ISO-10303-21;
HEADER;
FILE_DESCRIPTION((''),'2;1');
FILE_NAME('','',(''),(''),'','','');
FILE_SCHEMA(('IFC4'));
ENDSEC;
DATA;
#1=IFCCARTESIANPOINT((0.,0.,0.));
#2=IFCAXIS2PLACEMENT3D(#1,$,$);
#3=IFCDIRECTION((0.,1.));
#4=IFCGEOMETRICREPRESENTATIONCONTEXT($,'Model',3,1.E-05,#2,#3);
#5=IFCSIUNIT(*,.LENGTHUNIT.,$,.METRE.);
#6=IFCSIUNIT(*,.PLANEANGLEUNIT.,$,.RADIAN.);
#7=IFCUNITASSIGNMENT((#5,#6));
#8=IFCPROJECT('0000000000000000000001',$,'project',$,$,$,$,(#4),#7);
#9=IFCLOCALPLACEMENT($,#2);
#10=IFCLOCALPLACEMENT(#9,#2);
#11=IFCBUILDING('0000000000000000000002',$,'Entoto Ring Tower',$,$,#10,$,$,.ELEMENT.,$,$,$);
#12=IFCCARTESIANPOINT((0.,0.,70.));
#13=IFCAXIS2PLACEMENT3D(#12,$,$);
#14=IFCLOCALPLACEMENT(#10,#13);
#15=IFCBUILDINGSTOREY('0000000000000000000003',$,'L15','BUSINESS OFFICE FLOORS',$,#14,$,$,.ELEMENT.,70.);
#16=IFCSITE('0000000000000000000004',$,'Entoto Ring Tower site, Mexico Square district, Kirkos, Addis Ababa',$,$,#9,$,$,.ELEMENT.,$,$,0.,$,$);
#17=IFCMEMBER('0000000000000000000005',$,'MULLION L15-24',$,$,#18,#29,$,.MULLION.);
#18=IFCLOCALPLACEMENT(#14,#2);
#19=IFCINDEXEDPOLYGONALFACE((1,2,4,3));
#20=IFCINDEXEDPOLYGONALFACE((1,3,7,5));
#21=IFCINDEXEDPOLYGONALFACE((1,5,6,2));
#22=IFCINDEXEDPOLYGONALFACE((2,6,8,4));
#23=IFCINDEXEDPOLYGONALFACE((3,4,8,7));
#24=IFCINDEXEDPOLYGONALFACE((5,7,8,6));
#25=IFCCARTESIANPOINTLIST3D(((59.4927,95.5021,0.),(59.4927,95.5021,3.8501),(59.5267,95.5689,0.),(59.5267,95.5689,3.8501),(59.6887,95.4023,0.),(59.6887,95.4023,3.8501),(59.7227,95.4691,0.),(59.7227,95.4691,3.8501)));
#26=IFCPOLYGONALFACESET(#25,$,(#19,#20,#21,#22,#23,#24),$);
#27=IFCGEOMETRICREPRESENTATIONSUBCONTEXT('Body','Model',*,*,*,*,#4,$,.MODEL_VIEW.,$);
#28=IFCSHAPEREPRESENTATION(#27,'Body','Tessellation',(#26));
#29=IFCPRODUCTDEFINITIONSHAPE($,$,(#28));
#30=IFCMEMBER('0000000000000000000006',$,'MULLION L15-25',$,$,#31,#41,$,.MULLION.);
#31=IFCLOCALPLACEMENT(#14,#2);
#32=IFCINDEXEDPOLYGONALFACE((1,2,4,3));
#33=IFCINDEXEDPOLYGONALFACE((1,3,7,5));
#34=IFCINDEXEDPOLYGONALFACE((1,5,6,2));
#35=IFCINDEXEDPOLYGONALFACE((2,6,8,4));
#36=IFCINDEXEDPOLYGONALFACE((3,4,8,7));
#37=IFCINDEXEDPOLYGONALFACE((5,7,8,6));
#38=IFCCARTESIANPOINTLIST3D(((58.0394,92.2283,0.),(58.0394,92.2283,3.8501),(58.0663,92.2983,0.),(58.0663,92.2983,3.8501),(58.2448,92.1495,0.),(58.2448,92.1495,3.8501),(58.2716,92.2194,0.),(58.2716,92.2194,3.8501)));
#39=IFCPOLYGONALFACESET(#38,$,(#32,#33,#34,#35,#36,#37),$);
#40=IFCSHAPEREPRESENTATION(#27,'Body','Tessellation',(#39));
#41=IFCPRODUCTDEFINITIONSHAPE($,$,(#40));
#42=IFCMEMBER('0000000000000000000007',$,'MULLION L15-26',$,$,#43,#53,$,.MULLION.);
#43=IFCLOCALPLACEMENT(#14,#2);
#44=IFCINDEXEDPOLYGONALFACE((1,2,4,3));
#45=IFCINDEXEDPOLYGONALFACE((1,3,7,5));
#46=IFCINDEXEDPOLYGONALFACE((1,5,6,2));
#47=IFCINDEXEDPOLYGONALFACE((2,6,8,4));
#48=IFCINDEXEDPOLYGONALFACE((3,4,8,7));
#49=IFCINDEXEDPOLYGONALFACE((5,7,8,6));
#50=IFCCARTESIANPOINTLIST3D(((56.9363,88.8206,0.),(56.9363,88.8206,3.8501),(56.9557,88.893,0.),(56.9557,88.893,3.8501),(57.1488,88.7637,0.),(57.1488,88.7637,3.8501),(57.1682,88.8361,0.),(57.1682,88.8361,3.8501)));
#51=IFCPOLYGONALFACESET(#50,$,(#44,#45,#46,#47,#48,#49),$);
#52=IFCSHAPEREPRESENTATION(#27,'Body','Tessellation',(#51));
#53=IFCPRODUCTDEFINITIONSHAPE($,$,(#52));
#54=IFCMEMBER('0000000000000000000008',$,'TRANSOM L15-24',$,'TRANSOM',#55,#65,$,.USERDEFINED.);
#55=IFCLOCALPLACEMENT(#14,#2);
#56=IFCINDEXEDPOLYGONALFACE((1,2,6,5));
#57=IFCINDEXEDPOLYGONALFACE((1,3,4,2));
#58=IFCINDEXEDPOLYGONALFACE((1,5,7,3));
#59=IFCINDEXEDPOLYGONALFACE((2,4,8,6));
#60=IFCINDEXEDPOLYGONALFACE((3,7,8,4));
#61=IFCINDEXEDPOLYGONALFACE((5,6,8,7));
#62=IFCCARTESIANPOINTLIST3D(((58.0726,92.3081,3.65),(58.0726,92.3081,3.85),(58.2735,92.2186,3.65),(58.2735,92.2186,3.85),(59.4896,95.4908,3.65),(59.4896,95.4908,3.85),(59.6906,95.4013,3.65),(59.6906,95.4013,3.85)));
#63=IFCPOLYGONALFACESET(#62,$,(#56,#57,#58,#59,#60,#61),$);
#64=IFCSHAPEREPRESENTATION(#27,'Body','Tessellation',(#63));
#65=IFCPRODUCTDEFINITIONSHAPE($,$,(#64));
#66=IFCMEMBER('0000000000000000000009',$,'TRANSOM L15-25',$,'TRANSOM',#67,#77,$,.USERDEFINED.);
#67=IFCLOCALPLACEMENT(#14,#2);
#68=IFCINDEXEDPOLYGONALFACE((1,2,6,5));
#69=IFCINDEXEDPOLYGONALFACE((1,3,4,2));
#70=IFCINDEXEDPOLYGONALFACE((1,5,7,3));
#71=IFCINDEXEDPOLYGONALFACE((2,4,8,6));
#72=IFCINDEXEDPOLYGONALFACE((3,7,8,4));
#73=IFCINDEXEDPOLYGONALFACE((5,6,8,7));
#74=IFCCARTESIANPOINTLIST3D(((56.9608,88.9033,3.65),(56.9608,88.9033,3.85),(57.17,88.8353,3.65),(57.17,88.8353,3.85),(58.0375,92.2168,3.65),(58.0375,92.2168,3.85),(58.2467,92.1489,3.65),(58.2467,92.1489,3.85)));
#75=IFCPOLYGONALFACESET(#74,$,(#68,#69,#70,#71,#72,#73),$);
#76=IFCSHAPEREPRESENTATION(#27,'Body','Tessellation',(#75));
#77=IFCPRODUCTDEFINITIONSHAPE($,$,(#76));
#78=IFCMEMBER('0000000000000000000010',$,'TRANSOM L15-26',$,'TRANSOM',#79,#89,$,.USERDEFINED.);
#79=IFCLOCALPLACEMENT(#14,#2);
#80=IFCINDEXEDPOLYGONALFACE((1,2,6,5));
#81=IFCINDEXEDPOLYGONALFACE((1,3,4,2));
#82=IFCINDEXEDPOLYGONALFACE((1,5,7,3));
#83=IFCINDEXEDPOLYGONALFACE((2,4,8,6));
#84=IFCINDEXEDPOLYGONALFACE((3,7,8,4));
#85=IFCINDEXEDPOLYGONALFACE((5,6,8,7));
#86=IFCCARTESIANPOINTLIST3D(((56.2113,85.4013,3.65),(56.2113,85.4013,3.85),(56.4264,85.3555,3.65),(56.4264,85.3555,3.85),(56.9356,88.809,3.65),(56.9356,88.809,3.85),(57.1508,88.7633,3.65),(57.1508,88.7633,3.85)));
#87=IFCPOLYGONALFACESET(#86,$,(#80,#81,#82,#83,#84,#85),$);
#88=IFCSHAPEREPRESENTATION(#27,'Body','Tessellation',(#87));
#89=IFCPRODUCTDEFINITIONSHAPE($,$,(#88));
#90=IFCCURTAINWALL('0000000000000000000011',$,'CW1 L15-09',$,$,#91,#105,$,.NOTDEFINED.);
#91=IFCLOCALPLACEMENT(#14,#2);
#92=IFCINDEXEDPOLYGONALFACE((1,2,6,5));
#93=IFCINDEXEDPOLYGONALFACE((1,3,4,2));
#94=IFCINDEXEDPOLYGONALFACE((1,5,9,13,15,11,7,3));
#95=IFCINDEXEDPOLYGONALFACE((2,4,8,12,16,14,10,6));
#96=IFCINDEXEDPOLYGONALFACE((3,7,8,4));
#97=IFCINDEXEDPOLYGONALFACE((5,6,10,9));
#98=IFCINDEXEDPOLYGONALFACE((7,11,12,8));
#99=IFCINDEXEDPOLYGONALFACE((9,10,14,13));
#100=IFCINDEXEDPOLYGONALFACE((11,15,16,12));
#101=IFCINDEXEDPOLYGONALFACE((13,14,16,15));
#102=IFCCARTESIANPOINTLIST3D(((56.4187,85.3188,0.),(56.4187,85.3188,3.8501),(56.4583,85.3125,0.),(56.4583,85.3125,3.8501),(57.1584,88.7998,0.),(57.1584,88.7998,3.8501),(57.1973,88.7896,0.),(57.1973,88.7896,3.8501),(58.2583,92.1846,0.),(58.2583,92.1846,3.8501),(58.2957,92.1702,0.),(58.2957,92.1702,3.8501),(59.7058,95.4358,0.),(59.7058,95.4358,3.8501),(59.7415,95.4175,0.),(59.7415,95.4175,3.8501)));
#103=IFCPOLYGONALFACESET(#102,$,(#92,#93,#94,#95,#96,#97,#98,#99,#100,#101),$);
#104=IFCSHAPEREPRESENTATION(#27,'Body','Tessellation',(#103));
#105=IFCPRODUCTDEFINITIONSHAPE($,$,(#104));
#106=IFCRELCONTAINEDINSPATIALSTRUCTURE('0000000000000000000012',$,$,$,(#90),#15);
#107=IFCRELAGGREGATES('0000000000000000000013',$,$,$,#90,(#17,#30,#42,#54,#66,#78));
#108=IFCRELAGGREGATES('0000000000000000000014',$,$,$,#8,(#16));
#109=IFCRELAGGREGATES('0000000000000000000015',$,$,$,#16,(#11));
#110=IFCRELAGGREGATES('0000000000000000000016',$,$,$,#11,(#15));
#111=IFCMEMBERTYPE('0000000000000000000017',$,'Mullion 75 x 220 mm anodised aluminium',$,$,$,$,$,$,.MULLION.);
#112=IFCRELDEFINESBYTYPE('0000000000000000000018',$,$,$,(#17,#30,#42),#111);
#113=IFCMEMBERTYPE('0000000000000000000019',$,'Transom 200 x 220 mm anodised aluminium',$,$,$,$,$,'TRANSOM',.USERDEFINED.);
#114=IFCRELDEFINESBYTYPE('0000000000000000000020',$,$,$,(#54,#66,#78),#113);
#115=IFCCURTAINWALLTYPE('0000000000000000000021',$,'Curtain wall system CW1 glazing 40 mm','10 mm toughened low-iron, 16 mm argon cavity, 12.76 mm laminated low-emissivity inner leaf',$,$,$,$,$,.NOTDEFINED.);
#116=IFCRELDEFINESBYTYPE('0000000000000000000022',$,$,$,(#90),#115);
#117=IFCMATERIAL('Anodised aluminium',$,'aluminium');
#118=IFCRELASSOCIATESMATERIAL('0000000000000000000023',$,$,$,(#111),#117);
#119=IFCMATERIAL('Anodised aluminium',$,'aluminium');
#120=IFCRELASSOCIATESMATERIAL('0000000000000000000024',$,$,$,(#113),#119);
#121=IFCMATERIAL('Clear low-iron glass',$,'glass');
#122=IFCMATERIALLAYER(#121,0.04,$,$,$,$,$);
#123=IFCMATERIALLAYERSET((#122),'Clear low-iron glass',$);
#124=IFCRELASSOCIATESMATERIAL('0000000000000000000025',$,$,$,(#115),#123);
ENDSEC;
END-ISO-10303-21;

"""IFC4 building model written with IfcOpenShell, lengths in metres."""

from ifc_helpers import new_model, si_unit, direction, frame, origin, origin_2d, place, context, subcontext, project, spatial, polyline, rectangle, outline, extrude, material, layer, layer_set, material_profile, profile_set, type_object, element, aggregate, save


model = new_model("IFC4")

# Units and contexts
model_context = context("Model", 3, precision=1e-05, world=origin(), true_north=direction((0.0, 1.0)))
body_context = subcontext(model_context, "Body", "Model", "MODEL_VIEW")
ifc_project = project(units=[si_unit("LENGTHUNIT", "METRE"), si_unit("PLANEANGLEUNIT", "RADIAN")], contexts=[model_context])

# Members
ifc_material_1 = material(Name="Anodised aluminium", Category="aluminium")
ifc_material_profile_1 = material_profile(ifc_material_1, rectangle(XDim=0.075, YDim=0.22, at=origin_2d()), Name="Mullion 75 x 220 mm anodised aluminium")
ifc_profile_set_1 = profile_set([ifc_material_profile_1], Name="Anodised aluminium")
member_type_1 = type_object("IfcMemberType", Name="Mullion 75 x 220 mm anodised aluminium", PredefinedType="MULLION", material=ifc_profile_set_1)
site_placement = place(None, origin())
building_placement = place(site_placement, origin())
storey_placement = place(building_placement, frame((0.0, 0.0, 70.0)))
member_1_placement = place(storey_placement, frame((59.6077, 95.4856, 0.0), z_axis=(0.0, 0.0, 1.0), x_axis=(-0.45399, -0.891007, 0.0)))
member_1 = element("IfcMember", 1, at=member_1_placement, type_object=member_type_1, Name="MULLION L15-24", PredefinedType="MULLION", context=body_context, shape_type="SweptSolid", body=[
    extrude(rectangle(XDim=0.075, YDim=0.22, at=origin_2d()), origin(), (0.0, 0.0, 1.0), 3.8501),
])
member_2_placement = place(storey_placement, frame((58.1555, 92.2239, 0.0), z_axis=(0.0, 0.0, 1.0), x_axis=(-0.358368, -0.93358, 0.0)))
member_2 = element("IfcMember", 2, at=member_2_placement, type_object=member_type_1, Name="MULLION L15-25", PredefinedType="MULLION", context=body_context, shape_type="SweptSolid", body=[
    extrude(rectangle(XDim=0.075, YDim=0.22, at=origin_2d()), origin(), (0.0, 0.0, 1.0), 3.8501),
])
member_3_placement = place(storey_placement, frame((57.0522, 88.8284, 0.0), z_axis=(0.0, 0.0, 1.0), x_axis=(-0.258819, -0.965926, 0.0)))
member_3 = element("IfcMember", 3, at=member_3_placement, type_object=member_type_1, Name="MULLION L15-26", PredefinedType="MULLION", context=body_context, shape_type="SweptSolid", body=[
    extrude(rectangle(XDim=0.075, YDim=0.22, at=origin_2d()), origin(), (0.0, 0.0, 1.0), 3.8501),
])
ifc_material_2 = material(Name="Anodised aluminium", Category="aluminium")
ifc_material_profile_2 = material_profile(ifc_material_2, rectangle(XDim=0.22, YDim=0.2, at=origin_2d()), Name="Transom 200 x 220 mm anodised aluminium")
ifc_profile_set_2 = profile_set([ifc_material_profile_2], Name="Anodised aluminium")
member_type_2 = type_object("IfcMemberType", Name="Transom 200 x 220 mm anodised aluminium", ElementType="TRANSOM", PredefinedType="USERDEFINED", material=ifc_profile_set_2)
member_4_placement = place(storey_placement, frame((59.5901, 95.446, 3.75), z_axis=(-0.406737, -0.913545, 0.0), x_axis=(0.913545, -0.406737, 0.0)))
member_4 = element("IfcMember", 4, at=member_4_placement, type_object=member_type_2, Name="TRANSOM L15-24", ObjectType="TRANSOM", PredefinedType="USERDEFINED", context=body_context, shape_type="SweptSolid", body=[
    extrude(rectangle(XDim=0.22, YDim=0.2, at=origin_2d()), origin(), (0.0, 0.0, 1.0), 3.4839),
])
member_5_placement = place(storey_placement, frame((58.1421, 92.1829, 3.75), z_axis=(-0.309029, -0.951053, 0.0), x_axis=(0.951053, -0.309029, 0.0)))
member_5 = element("IfcMember", 5, at=member_5_placement, type_object=member_type_2, Name="TRANSOM L15-25", ObjectType="TRANSOM", PredefinedType="USERDEFINED", context=body_context, shape_type="SweptSolid", body=[
    extrude(rectangle(XDim=0.22, YDim=0.2, at=origin_2d()), origin(), (0.0, 0.0, 1.0), 3.4841),
])
member_6_placement = place(storey_placement, frame((57.0432, 88.7861, 3.75), z_axis=(-0.207921, -0.978146, 0.0), x_axis=(0.978146, -0.207921, 0.0)))
member_6 = element("IfcMember", 6, at=member_6_placement, type_object=member_type_2, Name="TRANSOM L15-26", ObjectType="TRANSOM", PredefinedType="USERDEFINED", context=body_context, shape_type="SweptSolid", body=[
    extrude(rectangle(XDim=0.22, YDim=0.2, at=origin_2d()), origin(), (0.0, 0.0, 1.0), 3.4839),
])

# Site, building, storey
site = spatial("IfcSite", under=ifc_project, at=site_placement, Name="Entoto Ring Tower site, Mexico Square district, Kirkos, Addis Ababa", CompositionType="ELEMENT", RefElevation=0.0)
building = spatial("IfcBuilding", under=site, at=building_placement, Name="Entoto Ring Tower", CompositionType="ELEMENT")
storey = spatial("IfcBuildingStorey", under=building, at=storey_placement, Name="L15", Description="BUSINESS OFFICE FLOORS", CompositionType="ELEMENT", Elevation=70.0)

# Curtain wall
ifc_material_3 = material(Name="Clear low-iron glass", Category="glass")
ifc_layer = layer(ifc_material_3, 0.04)
ifc_layer_set = layer_set([ifc_layer], Name="Clear low-iron glass")
curtain_wall_type = type_object("IfcCurtainWallType", Name="Curtain wall system CW1 glazing 40 mm", Description="10 mm toughened low-iron, 16 mm argon cavity, 12.76 mm laminated low-emissivity inner leaf", PredefinedType="NOTDEFINED", material=ifc_layer_set)
curtain_wall_1_placement = place(storey_placement, origin())
curtain_wall_1 = element("IfcCurtainWall", 7, at=curtain_wall_1_placement, inside=storey, type_object=curtain_wall_type, Name="CW1 L15-09", PredefinedType="NOTDEFINED", context=body_context, shape_type="SweptSolid", body=[
    extrude(outline(polyline([(59.7058, 95.4358), (58.2583, 92.1846), (57.1584, 88.7998), (56.4187, 85.3188), (56.4583, 85.3125), (57.1973, 88.7896), (58.2957, 92.1702), (59.7415, 95.4175), (59.7058, 95.4358)])), origin(), (0.0, 0.0, 1.0), 3.8501),
])
aggregate(curtain_wall_1, [member_1, member_2, member_3, member_4, member_5, member_6])

save(model, "model.ifc")
